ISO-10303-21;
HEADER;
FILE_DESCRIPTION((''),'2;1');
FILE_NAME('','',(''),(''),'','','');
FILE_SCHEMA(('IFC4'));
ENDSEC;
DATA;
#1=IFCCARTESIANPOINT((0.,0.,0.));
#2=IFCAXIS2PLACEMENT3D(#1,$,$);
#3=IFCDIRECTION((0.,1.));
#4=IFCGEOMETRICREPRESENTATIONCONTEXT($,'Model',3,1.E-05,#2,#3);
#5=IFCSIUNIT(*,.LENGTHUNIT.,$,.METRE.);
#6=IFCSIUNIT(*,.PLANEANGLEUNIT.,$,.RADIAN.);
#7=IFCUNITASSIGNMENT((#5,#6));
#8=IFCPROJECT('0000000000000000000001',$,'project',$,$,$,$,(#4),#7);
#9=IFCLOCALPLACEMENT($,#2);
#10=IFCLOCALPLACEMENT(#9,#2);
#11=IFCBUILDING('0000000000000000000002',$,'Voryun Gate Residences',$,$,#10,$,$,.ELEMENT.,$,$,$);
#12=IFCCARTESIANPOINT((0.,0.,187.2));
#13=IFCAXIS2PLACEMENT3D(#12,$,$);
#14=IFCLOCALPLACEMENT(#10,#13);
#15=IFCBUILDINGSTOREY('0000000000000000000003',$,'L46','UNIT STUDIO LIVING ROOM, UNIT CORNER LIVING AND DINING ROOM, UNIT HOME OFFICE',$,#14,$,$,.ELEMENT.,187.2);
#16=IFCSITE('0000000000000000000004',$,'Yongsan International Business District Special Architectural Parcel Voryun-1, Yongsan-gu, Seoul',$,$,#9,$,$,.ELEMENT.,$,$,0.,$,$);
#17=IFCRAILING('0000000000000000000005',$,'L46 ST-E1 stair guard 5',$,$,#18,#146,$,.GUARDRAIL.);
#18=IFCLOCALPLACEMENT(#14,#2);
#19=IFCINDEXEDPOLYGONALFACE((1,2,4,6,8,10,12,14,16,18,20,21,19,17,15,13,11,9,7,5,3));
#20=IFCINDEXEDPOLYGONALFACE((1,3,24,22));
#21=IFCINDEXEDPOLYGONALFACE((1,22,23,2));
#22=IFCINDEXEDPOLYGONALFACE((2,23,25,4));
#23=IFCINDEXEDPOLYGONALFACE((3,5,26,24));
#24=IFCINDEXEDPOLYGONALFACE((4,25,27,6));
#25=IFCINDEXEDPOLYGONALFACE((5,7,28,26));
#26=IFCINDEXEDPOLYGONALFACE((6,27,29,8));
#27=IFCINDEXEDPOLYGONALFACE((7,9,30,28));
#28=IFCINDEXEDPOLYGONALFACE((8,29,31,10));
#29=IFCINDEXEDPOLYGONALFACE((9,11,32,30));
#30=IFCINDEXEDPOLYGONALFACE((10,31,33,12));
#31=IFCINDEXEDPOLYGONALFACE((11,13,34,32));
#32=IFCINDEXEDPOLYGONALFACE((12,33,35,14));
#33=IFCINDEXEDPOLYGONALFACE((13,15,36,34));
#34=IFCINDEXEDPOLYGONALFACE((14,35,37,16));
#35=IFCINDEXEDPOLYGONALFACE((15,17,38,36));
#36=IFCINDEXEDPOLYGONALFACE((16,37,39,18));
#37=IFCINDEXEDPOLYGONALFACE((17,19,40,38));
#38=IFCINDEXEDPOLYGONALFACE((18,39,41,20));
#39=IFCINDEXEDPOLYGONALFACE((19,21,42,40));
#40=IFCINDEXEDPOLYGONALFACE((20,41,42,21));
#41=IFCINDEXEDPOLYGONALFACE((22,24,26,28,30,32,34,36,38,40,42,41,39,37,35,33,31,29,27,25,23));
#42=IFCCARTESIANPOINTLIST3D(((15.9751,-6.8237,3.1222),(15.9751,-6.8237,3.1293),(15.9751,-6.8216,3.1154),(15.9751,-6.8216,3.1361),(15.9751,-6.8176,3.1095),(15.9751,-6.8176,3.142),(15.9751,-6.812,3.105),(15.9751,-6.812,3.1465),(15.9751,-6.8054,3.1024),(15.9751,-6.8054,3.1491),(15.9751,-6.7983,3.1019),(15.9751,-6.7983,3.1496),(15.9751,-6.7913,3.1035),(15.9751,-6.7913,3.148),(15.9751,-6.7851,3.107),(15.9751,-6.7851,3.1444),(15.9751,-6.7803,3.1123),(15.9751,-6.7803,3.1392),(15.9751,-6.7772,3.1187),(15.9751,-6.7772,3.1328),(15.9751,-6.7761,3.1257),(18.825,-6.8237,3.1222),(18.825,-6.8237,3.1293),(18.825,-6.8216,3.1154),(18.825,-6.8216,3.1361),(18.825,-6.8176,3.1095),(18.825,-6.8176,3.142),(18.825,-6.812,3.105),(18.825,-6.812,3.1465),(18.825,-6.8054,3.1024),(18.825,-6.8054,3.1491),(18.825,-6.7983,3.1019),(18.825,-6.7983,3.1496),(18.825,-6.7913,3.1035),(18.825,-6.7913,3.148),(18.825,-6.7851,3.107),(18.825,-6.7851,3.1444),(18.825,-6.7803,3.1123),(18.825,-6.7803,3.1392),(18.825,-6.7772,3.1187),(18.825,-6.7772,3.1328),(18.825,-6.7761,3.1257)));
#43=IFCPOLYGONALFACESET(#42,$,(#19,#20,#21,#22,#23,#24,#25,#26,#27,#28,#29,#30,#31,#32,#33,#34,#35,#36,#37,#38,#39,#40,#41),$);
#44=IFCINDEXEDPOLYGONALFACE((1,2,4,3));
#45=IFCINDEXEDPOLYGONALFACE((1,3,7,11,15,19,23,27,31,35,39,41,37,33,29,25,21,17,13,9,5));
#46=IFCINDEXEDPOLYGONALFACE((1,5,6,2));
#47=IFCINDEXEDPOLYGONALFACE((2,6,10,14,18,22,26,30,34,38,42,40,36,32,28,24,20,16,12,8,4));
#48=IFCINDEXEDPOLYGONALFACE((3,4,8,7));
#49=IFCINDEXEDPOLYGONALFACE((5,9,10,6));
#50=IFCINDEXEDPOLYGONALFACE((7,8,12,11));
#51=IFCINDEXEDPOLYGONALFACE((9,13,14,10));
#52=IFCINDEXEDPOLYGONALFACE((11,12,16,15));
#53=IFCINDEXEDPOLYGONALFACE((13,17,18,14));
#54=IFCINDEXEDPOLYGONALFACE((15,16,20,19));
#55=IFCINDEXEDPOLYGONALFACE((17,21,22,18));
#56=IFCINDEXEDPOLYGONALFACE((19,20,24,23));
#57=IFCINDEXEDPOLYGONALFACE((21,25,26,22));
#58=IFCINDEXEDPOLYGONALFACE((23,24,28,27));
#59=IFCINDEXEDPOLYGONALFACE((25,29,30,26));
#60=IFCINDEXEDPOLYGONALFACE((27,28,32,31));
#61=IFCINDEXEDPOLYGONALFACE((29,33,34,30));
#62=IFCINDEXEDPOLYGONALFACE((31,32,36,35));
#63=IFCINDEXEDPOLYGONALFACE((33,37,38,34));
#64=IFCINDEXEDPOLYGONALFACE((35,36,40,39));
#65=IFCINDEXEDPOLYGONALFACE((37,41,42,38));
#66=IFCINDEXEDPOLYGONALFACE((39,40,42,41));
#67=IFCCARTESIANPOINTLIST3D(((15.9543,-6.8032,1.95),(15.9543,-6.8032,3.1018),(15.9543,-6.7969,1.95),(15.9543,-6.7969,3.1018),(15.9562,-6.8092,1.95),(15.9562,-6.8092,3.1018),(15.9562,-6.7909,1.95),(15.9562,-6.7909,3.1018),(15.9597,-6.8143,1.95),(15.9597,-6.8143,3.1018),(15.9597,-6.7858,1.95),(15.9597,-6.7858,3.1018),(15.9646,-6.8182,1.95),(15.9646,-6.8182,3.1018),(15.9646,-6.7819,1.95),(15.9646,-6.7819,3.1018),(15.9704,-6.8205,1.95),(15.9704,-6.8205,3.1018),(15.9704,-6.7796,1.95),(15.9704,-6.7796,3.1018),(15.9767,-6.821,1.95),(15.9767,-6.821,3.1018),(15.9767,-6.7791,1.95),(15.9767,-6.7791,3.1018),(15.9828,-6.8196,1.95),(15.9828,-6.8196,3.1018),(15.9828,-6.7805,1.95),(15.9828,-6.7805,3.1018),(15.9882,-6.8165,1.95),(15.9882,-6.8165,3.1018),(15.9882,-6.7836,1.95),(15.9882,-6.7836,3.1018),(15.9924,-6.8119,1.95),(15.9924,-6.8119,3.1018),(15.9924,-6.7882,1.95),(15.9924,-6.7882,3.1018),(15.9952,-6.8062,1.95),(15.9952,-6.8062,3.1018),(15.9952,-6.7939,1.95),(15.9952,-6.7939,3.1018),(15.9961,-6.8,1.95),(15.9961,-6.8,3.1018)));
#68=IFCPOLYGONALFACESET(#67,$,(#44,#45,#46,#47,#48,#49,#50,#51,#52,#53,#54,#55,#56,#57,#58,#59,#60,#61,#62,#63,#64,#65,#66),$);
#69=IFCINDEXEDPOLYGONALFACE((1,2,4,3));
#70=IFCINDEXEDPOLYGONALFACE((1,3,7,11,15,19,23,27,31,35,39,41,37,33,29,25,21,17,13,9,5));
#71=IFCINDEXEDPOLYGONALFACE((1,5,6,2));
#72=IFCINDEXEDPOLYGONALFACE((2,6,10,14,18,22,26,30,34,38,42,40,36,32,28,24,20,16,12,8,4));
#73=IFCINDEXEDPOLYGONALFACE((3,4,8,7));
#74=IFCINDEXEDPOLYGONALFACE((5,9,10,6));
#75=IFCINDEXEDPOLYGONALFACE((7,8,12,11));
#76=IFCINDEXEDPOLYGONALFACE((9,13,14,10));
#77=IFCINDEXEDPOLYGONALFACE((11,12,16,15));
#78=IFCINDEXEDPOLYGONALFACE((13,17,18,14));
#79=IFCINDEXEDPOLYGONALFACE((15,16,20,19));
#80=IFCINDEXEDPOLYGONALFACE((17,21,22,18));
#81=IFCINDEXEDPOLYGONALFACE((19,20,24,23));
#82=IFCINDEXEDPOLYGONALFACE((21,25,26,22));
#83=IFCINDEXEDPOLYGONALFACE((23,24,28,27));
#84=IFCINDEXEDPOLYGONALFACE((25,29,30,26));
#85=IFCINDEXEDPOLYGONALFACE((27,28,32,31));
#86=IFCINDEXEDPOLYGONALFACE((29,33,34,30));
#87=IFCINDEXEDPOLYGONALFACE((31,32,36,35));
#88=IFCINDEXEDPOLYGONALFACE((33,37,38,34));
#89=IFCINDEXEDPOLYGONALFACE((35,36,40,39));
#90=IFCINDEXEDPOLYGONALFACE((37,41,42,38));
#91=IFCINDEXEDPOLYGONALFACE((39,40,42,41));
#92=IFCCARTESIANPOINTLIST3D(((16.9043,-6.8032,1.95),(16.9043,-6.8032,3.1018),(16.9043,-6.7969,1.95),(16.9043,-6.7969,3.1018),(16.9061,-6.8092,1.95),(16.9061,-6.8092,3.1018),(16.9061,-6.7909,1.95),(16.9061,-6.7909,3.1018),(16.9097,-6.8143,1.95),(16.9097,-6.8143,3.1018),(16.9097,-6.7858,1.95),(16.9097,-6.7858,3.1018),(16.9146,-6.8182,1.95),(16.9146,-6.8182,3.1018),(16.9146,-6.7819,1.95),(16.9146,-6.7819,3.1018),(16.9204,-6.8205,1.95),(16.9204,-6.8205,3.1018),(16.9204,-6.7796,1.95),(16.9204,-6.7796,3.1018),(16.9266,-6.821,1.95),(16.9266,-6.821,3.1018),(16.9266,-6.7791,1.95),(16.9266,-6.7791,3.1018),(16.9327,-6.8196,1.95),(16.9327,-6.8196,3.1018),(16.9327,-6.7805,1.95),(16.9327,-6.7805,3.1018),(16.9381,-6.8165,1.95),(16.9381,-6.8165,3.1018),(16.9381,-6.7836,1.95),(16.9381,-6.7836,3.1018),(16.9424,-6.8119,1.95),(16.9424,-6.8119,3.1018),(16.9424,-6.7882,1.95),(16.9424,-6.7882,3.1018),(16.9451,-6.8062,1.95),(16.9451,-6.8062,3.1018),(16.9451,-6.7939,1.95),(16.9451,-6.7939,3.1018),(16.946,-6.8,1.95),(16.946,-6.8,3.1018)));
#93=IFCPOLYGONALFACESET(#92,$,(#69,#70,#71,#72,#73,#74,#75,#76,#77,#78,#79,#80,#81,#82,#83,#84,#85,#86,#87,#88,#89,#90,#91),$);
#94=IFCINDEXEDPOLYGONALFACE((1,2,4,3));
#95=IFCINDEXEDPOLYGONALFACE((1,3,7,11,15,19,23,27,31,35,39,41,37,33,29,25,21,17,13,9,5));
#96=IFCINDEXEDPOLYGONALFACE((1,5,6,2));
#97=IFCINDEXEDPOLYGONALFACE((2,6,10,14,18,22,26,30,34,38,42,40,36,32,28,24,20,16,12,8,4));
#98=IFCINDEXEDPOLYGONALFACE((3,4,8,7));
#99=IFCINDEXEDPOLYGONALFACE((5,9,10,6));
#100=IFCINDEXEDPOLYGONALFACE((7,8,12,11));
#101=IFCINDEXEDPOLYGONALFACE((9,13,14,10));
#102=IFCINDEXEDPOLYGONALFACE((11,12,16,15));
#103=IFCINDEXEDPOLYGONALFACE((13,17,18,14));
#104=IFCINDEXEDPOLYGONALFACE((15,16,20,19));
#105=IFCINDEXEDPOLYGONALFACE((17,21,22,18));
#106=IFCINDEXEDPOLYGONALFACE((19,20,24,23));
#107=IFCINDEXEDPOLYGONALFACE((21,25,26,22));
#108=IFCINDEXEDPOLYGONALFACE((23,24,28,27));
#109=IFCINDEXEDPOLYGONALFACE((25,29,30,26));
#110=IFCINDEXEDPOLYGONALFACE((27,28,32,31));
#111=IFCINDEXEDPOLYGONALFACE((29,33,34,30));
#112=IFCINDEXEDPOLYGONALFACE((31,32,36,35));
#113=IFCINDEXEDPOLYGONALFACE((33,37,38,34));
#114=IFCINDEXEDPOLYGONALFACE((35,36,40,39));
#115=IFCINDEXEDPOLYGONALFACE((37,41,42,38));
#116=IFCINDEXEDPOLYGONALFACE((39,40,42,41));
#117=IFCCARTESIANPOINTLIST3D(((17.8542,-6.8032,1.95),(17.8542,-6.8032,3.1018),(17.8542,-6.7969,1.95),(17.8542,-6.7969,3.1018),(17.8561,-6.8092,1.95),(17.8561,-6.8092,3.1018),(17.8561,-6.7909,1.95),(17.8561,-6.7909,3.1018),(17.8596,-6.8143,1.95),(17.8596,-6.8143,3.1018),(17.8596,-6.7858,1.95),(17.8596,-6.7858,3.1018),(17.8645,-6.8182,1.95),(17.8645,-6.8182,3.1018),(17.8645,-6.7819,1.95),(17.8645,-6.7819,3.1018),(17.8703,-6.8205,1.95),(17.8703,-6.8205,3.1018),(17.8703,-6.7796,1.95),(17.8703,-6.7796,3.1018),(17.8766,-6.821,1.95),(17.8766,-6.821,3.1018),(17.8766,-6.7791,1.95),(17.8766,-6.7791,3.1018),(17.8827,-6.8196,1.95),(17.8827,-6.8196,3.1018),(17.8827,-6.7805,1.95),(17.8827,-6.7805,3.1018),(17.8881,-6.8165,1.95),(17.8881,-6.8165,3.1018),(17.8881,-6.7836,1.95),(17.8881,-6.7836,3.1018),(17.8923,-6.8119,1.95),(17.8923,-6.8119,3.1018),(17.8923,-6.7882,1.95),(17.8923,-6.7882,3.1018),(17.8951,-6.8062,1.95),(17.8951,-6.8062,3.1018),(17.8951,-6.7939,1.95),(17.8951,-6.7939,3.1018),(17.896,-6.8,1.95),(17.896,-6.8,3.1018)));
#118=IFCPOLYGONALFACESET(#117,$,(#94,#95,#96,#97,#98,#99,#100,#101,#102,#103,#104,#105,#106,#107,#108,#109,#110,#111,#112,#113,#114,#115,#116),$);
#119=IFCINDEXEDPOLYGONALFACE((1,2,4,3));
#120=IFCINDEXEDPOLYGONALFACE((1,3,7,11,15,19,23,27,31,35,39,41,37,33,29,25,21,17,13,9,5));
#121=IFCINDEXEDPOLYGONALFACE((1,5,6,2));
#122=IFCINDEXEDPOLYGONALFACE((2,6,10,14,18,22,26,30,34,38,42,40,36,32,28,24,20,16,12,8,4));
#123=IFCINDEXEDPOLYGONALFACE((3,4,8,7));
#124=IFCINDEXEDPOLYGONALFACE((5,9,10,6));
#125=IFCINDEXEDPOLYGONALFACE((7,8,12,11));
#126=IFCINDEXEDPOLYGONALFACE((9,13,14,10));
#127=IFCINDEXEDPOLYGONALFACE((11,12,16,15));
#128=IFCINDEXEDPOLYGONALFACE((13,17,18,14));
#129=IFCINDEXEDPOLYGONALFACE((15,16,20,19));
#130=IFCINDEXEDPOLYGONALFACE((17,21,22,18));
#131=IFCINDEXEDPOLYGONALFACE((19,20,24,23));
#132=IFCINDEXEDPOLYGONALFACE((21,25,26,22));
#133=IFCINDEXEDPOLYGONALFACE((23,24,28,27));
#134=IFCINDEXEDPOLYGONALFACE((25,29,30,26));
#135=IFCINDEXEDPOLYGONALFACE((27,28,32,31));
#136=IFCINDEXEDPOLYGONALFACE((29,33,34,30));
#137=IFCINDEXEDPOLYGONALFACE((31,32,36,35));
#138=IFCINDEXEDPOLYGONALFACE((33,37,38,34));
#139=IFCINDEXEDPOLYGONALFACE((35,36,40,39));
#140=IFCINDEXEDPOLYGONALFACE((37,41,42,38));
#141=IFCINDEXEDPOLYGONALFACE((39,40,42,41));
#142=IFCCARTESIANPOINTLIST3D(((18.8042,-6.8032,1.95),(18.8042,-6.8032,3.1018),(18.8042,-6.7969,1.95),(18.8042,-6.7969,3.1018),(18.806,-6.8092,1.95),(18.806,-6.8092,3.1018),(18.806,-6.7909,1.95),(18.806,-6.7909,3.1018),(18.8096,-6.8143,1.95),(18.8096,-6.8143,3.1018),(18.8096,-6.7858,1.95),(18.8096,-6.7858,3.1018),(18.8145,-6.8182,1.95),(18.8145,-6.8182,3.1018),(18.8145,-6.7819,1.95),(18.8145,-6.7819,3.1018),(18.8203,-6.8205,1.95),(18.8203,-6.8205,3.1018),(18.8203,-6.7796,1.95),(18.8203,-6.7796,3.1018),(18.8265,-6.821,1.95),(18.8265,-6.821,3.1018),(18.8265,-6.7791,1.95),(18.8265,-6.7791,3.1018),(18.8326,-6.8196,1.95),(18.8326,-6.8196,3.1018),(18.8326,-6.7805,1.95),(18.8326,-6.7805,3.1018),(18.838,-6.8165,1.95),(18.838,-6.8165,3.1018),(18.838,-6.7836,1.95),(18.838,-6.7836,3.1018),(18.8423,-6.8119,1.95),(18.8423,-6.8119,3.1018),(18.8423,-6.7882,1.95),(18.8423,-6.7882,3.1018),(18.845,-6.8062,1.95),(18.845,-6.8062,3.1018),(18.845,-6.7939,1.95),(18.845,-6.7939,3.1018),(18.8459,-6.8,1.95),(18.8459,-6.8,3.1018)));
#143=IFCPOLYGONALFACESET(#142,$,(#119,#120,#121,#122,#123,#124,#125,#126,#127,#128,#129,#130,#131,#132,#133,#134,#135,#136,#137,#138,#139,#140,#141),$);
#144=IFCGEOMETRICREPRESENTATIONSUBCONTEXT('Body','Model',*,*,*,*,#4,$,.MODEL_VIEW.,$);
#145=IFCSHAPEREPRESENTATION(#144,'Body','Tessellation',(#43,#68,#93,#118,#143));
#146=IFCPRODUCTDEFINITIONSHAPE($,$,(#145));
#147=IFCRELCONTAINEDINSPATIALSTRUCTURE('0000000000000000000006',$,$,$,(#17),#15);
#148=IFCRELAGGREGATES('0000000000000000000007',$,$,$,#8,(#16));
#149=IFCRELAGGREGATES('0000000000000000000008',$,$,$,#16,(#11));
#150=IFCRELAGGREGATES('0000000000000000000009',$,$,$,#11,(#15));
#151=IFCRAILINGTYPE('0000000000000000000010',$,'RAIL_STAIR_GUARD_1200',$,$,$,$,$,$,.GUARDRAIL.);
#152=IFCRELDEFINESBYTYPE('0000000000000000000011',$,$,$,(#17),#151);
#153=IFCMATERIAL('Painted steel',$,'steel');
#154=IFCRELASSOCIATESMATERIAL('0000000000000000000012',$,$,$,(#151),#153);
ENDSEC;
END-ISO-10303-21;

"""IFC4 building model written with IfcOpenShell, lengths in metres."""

from ifc_helpers import new_model, si_unit, direction, frame, origin, origin_2d, place, context, subcontext, project, spatial, circle, extrude, material, type_object, element, save


model = new_model("IFC4")

# Units and contexts
model_context = context("Model", 3, precision=1e-05, world=origin(), true_north=direction((0.0, 1.0)))
body_context = subcontext(model_context, "Body", "Model", "MODEL_VIEW")
ifc_project = project(units=[si_unit("LENGTHUNIT", "METRE"), si_unit("PLANEANGLEUNIT", "RADIAN")], contexts=[model_context])

# Site, building, storey
site_placement = place(None, origin())
site = spatial("IfcSite", under=ifc_project, at=site_placement, Name="Yongsan International Business District Special Architectural Parcel Voryun-1, Yongsan-gu, Seoul", CompositionType="ELEMENT", RefElevation=0.0)
building_placement = place(site_placement, origin())
building = spatial("IfcBuilding", under=site, at=building_placement, Name="Voryun Gate Residences", CompositionType="ELEMENT")
storey_placement = place(building_placement, frame((0.0, 0.0, 187.2)))
storey = spatial("IfcBuildingStorey", under=building, at=storey_placement, Name="L46", Description="UNIT STUDIO LIVING ROOM, UNIT CORNER LIVING AND DINING ROOM, UNIT HOME OFFICE", CompositionType="ELEMENT", Elevation=187.2)

# Railing
ifc_material_1 = material(Name="Painted steel", Category="steel")
railing_type_1 = type_object("IfcRailingType", Name="RAIL_STAIR_GUARD_1200", PredefinedType="GUARDRAIL", material=ifc_material_1)
railing_1_placement = place(storey_placement, frame((15.9751, -6.8, 1.95)))
element("IfcRailing", 1, at=railing_1_placement, inside=storey, type_object=railing_type_1, Name="L46 ST-E1 stair guard 5", PredefinedType="GUARDRAIL", context=body_context, shape_type="SweptSolid", body=[
    extrude(circle(Radius=0.0239, at=origin_2d()), frame((0.0, 0.0, 1.1758), z_axis=(1.0, 0.0, 0.0), x_axis=(0.0, 1.0, 0.0)), (0.0, 0.0, 1.0), 2.8499),
    extrude(circle(Radius=0.021, at=origin_2d()), origin(), (0.0, 0.0, 1.0), 1.1519),
    extrude(circle(Radius=0.021, at=origin_2d()), frame((0.95, 0.0, 0.0)), (0.0, 0.0, 1.0), 1.1519),
    extrude(circle(Radius=0.021, at=origin_2d()), frame((1.8999, 0.0, 0.0)), (0.0, 0.0, 1.0), 1.1519),
    extrude(circle(Radius=0.021, at=origin_2d()), frame((2.8499, 0.0, 0.0)), (0.0, 0.0, 1.0), 1.1519),
])

save(model, "model.ifc")
